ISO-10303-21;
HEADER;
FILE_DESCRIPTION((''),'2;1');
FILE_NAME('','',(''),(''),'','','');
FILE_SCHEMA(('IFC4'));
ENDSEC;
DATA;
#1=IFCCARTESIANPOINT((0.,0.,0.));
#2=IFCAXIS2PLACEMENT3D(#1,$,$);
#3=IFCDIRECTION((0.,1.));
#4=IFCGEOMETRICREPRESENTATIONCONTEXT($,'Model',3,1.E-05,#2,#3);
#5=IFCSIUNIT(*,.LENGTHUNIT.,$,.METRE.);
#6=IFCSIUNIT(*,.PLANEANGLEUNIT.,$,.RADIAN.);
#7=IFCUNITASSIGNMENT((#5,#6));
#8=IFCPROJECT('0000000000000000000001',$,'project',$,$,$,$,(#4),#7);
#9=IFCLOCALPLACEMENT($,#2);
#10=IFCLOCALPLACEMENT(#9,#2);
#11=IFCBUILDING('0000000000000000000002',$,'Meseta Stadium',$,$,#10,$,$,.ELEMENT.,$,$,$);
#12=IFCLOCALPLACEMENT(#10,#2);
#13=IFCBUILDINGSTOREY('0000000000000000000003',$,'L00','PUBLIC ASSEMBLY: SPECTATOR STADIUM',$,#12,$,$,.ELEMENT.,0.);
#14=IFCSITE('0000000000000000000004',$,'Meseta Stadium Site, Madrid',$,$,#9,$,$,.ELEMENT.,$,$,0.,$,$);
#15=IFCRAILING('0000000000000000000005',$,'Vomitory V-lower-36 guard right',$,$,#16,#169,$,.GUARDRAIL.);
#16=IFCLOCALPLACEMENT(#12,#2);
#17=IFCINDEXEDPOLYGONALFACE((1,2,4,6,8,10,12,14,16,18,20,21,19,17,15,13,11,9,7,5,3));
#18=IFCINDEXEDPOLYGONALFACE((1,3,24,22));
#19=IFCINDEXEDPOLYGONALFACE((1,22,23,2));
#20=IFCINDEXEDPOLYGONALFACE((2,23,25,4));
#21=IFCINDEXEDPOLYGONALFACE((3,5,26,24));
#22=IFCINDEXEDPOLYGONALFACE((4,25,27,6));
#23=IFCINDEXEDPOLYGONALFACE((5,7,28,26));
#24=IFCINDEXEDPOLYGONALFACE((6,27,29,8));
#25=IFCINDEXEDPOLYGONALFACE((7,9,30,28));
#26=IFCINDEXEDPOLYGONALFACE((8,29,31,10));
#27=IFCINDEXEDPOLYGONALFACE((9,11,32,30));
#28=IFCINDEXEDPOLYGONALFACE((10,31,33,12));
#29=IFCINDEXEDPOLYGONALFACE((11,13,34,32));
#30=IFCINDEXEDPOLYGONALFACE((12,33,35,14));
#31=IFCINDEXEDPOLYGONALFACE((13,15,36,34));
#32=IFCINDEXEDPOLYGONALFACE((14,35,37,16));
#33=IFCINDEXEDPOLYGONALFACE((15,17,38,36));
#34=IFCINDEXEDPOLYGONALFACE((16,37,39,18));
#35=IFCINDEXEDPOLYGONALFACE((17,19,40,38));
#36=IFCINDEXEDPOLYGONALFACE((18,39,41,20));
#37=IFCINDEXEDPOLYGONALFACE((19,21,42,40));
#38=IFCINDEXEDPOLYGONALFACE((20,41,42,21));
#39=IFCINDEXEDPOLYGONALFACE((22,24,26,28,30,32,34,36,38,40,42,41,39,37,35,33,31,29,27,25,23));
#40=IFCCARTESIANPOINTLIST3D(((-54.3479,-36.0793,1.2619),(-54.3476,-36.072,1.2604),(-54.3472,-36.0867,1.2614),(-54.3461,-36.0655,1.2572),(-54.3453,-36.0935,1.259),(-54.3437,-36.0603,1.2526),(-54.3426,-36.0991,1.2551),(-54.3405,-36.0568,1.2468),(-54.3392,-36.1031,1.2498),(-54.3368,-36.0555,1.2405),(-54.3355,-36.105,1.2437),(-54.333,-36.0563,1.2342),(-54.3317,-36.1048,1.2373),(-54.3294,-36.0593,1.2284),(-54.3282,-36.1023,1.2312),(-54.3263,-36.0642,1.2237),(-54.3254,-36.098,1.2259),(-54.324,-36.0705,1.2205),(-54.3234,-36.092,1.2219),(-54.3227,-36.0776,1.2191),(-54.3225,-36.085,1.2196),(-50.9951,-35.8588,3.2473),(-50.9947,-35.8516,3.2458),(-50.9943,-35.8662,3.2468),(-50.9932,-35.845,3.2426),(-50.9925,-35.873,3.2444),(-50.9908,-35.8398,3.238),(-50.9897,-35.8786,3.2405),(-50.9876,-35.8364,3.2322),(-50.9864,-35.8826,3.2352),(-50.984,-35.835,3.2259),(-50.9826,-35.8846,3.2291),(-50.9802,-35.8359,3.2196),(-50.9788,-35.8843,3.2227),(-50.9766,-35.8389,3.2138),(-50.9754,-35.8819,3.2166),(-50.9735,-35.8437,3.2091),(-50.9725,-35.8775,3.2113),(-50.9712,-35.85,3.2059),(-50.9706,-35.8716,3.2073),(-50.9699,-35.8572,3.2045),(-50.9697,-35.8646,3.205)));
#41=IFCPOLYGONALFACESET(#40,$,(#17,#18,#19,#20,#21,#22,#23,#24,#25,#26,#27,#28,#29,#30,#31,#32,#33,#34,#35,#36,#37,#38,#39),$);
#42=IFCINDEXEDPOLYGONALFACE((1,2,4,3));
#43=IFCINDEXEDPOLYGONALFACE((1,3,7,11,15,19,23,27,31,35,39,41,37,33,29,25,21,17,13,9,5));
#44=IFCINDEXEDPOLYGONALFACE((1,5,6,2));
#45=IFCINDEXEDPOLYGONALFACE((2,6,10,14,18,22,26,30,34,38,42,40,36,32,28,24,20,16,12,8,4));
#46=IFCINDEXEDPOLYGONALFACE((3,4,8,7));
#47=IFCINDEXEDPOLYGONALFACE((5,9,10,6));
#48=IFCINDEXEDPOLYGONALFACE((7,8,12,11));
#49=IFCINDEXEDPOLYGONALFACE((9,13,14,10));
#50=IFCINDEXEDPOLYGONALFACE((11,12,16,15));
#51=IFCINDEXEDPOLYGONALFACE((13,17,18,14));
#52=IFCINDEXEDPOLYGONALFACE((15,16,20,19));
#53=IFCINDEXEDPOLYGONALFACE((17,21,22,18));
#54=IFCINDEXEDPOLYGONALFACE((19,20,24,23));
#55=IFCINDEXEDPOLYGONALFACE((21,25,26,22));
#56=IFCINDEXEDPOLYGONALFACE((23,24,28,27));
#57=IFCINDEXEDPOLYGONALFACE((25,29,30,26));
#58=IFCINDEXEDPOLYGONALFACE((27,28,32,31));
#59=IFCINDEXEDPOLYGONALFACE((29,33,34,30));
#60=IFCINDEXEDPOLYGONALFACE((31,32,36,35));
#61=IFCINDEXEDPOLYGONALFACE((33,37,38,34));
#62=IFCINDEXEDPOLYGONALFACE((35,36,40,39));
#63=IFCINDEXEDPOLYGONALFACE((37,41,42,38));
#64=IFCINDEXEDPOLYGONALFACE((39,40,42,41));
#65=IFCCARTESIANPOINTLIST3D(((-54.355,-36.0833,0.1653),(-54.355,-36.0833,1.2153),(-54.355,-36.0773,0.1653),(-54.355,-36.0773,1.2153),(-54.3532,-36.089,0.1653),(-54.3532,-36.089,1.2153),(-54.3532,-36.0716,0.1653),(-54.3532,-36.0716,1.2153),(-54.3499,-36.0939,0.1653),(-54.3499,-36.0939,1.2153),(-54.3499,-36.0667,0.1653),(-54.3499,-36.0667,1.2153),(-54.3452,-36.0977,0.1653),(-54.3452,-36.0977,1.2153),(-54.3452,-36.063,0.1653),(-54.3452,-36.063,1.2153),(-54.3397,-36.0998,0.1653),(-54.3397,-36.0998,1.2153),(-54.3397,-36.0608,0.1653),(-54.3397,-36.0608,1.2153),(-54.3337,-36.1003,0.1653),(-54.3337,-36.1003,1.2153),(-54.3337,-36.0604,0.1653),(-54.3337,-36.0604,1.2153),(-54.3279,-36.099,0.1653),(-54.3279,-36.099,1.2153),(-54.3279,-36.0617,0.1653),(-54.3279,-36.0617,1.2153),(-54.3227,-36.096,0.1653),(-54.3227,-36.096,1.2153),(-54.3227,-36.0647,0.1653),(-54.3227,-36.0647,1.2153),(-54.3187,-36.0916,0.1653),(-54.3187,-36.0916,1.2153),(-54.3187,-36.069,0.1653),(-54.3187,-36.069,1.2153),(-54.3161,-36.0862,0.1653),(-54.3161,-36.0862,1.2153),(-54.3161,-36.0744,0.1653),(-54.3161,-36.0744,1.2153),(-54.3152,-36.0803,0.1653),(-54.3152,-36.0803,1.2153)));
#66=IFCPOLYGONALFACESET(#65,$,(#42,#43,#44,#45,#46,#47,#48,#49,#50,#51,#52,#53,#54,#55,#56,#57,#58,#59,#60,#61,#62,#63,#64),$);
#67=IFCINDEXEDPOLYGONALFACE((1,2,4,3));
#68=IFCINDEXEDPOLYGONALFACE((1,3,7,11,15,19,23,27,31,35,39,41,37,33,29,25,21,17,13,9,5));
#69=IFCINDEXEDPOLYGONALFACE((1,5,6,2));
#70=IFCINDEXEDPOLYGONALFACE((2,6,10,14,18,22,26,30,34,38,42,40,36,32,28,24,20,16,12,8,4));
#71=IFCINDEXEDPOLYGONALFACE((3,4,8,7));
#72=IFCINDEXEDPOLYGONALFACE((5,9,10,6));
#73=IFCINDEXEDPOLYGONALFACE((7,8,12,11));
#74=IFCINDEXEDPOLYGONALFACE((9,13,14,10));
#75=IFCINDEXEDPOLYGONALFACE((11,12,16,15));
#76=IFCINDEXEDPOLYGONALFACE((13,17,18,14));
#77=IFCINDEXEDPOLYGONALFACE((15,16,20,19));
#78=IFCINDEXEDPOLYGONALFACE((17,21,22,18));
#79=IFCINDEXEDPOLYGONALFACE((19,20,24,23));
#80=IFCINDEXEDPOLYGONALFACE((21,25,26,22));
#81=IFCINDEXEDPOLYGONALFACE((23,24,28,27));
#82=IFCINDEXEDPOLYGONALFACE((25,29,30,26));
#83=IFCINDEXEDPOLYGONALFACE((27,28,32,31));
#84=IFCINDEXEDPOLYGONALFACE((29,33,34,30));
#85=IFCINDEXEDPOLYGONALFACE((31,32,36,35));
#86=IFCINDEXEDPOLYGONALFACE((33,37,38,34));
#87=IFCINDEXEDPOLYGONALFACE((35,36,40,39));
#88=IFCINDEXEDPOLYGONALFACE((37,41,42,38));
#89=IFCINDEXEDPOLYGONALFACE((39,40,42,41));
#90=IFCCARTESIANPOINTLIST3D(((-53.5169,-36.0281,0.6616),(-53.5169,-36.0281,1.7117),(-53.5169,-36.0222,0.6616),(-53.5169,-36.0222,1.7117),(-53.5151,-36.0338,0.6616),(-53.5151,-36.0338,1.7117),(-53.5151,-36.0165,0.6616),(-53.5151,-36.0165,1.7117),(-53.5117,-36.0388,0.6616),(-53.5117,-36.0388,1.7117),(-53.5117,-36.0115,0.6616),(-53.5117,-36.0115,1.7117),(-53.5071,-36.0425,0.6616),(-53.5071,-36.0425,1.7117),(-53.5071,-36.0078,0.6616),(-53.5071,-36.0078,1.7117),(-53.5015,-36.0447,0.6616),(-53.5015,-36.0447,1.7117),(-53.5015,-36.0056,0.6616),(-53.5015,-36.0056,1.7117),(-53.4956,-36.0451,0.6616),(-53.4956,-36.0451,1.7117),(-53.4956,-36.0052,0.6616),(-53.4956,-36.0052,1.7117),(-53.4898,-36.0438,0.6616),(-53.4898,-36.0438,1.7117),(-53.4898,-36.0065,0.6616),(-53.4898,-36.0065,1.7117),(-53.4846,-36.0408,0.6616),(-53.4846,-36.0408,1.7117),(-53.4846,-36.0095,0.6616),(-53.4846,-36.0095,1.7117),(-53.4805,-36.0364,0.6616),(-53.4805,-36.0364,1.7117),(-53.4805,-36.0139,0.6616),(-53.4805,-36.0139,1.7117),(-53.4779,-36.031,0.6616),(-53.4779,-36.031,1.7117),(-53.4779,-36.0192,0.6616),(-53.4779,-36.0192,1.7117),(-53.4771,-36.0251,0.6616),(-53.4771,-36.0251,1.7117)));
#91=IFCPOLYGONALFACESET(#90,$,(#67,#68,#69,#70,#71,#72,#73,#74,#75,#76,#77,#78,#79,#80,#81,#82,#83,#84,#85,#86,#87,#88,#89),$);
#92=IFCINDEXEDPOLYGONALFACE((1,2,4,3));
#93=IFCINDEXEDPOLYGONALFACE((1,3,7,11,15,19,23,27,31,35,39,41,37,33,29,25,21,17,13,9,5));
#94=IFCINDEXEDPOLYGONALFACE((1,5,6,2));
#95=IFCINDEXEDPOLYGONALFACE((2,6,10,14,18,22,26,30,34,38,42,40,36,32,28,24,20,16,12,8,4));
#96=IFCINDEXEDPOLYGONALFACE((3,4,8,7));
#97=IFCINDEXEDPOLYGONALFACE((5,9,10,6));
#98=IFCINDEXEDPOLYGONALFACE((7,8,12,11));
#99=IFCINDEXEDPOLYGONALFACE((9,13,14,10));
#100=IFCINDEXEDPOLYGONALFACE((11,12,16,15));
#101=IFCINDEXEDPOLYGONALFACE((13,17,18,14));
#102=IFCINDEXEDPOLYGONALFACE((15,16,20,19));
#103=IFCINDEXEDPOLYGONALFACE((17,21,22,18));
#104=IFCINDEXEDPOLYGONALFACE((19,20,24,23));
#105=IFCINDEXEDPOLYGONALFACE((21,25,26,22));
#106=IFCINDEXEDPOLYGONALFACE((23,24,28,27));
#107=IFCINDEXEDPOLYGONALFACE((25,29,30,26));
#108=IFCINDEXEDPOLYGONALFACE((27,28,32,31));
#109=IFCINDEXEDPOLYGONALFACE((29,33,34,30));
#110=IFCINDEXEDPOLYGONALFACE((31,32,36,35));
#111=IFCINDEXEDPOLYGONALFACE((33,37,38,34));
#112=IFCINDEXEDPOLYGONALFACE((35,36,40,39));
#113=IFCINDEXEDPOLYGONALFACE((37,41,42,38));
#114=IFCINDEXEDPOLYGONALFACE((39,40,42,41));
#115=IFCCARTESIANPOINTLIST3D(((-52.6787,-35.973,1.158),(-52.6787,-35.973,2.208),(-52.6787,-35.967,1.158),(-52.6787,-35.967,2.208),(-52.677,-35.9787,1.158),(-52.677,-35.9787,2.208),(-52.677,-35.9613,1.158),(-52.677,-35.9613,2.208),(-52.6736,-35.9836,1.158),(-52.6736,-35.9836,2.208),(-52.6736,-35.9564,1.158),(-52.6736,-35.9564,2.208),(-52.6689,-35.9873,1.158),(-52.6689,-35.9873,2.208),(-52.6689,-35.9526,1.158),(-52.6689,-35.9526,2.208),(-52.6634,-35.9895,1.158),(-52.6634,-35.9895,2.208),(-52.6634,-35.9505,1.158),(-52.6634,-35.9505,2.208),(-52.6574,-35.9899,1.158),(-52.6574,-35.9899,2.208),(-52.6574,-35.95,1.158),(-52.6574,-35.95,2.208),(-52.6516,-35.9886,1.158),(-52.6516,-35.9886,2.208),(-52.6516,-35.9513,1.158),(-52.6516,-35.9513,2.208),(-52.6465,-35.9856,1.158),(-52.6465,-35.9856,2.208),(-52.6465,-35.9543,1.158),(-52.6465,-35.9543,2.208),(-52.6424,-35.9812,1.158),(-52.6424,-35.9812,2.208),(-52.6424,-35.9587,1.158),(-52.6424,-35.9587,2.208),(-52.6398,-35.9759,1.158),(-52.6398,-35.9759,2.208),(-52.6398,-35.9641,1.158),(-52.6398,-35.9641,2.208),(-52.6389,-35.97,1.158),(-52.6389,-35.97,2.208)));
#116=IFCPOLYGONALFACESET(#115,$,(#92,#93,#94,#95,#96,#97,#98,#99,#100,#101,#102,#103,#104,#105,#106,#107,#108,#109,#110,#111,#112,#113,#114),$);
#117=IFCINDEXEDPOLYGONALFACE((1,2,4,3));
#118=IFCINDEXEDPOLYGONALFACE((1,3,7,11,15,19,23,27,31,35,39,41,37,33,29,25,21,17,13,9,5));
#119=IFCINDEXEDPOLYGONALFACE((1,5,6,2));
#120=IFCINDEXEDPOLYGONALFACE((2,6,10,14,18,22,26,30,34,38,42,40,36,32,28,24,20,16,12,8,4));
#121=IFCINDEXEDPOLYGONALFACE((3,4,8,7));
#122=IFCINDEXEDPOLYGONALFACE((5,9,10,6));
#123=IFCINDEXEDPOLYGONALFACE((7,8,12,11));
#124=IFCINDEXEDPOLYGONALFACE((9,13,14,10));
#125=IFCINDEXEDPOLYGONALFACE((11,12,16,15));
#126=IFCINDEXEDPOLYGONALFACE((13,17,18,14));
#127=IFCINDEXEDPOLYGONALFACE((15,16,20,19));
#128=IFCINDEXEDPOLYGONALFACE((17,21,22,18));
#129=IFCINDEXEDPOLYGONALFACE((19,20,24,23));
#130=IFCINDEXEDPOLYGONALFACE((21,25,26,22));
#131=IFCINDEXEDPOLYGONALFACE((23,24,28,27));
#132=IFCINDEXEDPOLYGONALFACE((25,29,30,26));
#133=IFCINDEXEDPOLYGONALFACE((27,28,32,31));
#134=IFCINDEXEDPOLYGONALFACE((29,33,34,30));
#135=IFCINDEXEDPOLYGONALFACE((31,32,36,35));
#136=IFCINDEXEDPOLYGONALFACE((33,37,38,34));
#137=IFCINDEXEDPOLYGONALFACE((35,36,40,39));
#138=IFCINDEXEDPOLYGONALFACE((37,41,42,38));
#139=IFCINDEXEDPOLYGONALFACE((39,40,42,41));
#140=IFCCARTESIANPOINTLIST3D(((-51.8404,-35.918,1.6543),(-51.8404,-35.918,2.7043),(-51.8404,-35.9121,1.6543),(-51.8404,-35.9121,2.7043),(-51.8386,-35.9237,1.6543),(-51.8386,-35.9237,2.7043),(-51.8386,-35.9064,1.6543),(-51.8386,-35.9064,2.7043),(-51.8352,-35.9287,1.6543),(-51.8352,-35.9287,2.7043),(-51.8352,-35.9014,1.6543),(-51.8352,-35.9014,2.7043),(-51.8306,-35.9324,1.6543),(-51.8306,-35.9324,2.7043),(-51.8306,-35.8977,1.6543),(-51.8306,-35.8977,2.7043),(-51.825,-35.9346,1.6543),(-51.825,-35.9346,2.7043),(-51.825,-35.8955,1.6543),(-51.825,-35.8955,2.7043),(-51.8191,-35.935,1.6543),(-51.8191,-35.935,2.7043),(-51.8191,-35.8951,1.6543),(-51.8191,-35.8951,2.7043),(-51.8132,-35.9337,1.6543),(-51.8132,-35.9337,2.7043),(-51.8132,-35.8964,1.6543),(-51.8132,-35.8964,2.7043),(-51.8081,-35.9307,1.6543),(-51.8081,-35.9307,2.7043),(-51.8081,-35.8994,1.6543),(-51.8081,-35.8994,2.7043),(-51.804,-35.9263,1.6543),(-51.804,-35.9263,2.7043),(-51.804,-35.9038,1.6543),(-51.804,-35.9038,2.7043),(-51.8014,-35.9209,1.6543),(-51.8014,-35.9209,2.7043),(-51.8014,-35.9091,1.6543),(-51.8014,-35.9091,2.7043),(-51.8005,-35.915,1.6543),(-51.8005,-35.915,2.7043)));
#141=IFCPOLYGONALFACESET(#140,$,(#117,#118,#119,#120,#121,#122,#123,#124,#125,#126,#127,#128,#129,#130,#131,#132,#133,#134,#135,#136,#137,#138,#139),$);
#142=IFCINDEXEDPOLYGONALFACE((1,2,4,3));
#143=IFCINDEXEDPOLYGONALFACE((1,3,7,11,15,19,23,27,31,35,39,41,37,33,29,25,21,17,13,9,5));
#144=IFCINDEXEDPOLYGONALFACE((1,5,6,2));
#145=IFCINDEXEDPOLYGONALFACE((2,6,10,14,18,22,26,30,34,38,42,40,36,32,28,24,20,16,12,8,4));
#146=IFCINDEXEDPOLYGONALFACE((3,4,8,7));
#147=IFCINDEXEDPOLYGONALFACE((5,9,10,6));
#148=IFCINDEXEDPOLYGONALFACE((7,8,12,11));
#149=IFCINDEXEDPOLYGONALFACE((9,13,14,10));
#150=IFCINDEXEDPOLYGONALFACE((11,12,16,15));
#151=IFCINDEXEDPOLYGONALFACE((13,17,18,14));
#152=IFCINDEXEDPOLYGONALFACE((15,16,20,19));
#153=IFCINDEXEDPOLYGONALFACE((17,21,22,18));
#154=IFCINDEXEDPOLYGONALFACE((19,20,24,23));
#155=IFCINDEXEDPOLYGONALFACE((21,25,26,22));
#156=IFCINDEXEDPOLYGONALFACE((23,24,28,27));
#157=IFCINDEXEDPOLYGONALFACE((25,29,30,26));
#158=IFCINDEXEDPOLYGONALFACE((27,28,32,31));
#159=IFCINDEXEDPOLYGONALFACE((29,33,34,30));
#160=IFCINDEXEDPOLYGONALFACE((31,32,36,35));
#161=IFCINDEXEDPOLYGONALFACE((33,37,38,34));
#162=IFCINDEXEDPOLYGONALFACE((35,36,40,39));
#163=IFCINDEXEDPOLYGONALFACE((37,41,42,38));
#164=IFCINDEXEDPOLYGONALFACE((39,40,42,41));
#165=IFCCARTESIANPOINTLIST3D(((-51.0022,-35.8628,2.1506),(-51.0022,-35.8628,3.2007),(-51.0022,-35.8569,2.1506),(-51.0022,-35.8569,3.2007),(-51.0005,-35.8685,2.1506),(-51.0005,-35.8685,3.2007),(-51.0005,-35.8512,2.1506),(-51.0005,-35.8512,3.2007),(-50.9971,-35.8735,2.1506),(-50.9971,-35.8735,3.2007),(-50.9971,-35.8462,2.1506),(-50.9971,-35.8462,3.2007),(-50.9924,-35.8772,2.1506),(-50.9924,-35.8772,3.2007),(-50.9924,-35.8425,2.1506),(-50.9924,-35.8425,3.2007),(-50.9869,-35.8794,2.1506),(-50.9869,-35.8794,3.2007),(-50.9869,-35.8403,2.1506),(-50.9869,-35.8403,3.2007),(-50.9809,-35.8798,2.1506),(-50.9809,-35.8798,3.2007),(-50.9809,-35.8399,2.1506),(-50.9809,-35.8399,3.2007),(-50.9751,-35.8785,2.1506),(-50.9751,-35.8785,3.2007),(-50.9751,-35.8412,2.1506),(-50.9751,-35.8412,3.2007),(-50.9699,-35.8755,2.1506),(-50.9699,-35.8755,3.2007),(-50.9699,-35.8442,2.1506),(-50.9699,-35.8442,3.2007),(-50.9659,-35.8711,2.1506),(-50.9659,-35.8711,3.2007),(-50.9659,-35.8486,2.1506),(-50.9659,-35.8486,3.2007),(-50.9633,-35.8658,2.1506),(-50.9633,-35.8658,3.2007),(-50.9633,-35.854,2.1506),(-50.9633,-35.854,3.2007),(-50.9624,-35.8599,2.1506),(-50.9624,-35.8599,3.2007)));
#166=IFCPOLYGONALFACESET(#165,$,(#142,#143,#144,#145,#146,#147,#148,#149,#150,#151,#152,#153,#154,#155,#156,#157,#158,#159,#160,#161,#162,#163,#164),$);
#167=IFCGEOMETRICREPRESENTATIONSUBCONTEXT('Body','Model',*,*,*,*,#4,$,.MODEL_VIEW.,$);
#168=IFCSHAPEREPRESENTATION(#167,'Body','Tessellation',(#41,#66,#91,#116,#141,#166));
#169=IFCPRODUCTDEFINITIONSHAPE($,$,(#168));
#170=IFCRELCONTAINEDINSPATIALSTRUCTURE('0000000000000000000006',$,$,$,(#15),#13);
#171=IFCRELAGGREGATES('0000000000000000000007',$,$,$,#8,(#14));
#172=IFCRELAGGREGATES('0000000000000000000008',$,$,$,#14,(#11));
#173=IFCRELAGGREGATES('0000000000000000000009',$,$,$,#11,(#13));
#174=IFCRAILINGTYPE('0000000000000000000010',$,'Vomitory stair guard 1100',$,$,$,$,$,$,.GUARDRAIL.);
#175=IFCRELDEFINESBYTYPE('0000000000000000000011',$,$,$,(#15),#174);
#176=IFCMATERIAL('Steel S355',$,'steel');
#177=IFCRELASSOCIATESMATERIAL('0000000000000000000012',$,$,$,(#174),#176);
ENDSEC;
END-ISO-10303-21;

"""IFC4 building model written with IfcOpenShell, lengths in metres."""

from ifc_helpers import new_model, si_unit, direction, frame, origin, origin_2d, place, context, subcontext, project, spatial, circle, extrude, material, type_object, element, save


model = new_model("IFC4")

# Units and contexts
model_context = context("Model", 3, precision=1e-05, world=origin(), true_north=direction((0.0, 1.0)))
body_context = subcontext(model_context, "Body", "Model", "MODEL_VIEW")
ifc_project = project(units=[si_unit("LENGTHUNIT", "METRE"), si_unit("PLANEANGLEUNIT", "RADIAN")], contexts=[model_context])

# Site, building, storey
site_placement = place(None, origin())
site = spatial("IfcSite", under=ifc_project, at=site_placement, Name="Meseta Stadium Site, Madrid", CompositionType="ELEMENT", RefElevation=0.0)
building_placement = place(site_placement, origin())
building = spatial("IfcBuilding", under=site, at=building_placement, Name="Meseta Stadium", CompositionType="ELEMENT")
storey_placement = place(building_placement, origin())
storey = spatial("IfcBuildingStorey", under=building, at=storey_placement, Name="L00", Description="PUBLIC ASSEMBLY: SPECTATOR STADIUM", CompositionType="ELEMENT", Elevation=0.0)

# Railing
ifc_material_1 = material(Name="Steel S355", Category="steel")
railing_type_1 = type_object("IfcRailingType", Name="Vomitory stair guard 1100", PredefinedType="GUARDRAIL", material=ifc_material_1)
for number, where, name in (
    (1, (-54.3352, -36.0803, 0.1653), "Vomitory V-lower-36 guard right"),
):
    element("IfcRailing", number, at=place(storey_placement, frame(where)), inside=storey, type_object=railing_type_1, Name=name, PredefinedType="GUARDRAIL", context=body_context, shape_type="SweptSolid", body=[
        extrude(circle(Radius=0.0249, at=origin_2d()), frame((0.0, 0.0, 1.0752), z_axis=(0.859084, 0.056488, 0.508707), x_axis=(-0.065612, 0.997845, 0.0)), (0.0, 0.0, 1.0), 3.9028),
        extrude(circle(Radius=0.02, at=origin_2d()), origin(), (0.0, 0.0, 1.0), 1.05),
        extrude(circle(Radius=0.02, at=origin_2d()), frame((0.8381, 0.0552, 0.4963)), (0.0, 0.0, 1.0), 1.05),
        extrude(circle(Radius=0.02, at=origin_2d()), frame((1.6763, 0.1104, 0.9927)), (0.0, 0.0, 1.0), 1.05),
        extrude(circle(Radius=0.02, at=origin_2d()), frame((2.5146, 0.1653, 1.489)), (0.0, 0.0, 1.0), 1.05),
        extrude(circle(Radius=0.02, at=origin_2d()), frame((3.3528, 0.2205, 1.9854)), (0.0, 0.0, 1.0), 1.05),
    ])

save(model, "model.ifc")
